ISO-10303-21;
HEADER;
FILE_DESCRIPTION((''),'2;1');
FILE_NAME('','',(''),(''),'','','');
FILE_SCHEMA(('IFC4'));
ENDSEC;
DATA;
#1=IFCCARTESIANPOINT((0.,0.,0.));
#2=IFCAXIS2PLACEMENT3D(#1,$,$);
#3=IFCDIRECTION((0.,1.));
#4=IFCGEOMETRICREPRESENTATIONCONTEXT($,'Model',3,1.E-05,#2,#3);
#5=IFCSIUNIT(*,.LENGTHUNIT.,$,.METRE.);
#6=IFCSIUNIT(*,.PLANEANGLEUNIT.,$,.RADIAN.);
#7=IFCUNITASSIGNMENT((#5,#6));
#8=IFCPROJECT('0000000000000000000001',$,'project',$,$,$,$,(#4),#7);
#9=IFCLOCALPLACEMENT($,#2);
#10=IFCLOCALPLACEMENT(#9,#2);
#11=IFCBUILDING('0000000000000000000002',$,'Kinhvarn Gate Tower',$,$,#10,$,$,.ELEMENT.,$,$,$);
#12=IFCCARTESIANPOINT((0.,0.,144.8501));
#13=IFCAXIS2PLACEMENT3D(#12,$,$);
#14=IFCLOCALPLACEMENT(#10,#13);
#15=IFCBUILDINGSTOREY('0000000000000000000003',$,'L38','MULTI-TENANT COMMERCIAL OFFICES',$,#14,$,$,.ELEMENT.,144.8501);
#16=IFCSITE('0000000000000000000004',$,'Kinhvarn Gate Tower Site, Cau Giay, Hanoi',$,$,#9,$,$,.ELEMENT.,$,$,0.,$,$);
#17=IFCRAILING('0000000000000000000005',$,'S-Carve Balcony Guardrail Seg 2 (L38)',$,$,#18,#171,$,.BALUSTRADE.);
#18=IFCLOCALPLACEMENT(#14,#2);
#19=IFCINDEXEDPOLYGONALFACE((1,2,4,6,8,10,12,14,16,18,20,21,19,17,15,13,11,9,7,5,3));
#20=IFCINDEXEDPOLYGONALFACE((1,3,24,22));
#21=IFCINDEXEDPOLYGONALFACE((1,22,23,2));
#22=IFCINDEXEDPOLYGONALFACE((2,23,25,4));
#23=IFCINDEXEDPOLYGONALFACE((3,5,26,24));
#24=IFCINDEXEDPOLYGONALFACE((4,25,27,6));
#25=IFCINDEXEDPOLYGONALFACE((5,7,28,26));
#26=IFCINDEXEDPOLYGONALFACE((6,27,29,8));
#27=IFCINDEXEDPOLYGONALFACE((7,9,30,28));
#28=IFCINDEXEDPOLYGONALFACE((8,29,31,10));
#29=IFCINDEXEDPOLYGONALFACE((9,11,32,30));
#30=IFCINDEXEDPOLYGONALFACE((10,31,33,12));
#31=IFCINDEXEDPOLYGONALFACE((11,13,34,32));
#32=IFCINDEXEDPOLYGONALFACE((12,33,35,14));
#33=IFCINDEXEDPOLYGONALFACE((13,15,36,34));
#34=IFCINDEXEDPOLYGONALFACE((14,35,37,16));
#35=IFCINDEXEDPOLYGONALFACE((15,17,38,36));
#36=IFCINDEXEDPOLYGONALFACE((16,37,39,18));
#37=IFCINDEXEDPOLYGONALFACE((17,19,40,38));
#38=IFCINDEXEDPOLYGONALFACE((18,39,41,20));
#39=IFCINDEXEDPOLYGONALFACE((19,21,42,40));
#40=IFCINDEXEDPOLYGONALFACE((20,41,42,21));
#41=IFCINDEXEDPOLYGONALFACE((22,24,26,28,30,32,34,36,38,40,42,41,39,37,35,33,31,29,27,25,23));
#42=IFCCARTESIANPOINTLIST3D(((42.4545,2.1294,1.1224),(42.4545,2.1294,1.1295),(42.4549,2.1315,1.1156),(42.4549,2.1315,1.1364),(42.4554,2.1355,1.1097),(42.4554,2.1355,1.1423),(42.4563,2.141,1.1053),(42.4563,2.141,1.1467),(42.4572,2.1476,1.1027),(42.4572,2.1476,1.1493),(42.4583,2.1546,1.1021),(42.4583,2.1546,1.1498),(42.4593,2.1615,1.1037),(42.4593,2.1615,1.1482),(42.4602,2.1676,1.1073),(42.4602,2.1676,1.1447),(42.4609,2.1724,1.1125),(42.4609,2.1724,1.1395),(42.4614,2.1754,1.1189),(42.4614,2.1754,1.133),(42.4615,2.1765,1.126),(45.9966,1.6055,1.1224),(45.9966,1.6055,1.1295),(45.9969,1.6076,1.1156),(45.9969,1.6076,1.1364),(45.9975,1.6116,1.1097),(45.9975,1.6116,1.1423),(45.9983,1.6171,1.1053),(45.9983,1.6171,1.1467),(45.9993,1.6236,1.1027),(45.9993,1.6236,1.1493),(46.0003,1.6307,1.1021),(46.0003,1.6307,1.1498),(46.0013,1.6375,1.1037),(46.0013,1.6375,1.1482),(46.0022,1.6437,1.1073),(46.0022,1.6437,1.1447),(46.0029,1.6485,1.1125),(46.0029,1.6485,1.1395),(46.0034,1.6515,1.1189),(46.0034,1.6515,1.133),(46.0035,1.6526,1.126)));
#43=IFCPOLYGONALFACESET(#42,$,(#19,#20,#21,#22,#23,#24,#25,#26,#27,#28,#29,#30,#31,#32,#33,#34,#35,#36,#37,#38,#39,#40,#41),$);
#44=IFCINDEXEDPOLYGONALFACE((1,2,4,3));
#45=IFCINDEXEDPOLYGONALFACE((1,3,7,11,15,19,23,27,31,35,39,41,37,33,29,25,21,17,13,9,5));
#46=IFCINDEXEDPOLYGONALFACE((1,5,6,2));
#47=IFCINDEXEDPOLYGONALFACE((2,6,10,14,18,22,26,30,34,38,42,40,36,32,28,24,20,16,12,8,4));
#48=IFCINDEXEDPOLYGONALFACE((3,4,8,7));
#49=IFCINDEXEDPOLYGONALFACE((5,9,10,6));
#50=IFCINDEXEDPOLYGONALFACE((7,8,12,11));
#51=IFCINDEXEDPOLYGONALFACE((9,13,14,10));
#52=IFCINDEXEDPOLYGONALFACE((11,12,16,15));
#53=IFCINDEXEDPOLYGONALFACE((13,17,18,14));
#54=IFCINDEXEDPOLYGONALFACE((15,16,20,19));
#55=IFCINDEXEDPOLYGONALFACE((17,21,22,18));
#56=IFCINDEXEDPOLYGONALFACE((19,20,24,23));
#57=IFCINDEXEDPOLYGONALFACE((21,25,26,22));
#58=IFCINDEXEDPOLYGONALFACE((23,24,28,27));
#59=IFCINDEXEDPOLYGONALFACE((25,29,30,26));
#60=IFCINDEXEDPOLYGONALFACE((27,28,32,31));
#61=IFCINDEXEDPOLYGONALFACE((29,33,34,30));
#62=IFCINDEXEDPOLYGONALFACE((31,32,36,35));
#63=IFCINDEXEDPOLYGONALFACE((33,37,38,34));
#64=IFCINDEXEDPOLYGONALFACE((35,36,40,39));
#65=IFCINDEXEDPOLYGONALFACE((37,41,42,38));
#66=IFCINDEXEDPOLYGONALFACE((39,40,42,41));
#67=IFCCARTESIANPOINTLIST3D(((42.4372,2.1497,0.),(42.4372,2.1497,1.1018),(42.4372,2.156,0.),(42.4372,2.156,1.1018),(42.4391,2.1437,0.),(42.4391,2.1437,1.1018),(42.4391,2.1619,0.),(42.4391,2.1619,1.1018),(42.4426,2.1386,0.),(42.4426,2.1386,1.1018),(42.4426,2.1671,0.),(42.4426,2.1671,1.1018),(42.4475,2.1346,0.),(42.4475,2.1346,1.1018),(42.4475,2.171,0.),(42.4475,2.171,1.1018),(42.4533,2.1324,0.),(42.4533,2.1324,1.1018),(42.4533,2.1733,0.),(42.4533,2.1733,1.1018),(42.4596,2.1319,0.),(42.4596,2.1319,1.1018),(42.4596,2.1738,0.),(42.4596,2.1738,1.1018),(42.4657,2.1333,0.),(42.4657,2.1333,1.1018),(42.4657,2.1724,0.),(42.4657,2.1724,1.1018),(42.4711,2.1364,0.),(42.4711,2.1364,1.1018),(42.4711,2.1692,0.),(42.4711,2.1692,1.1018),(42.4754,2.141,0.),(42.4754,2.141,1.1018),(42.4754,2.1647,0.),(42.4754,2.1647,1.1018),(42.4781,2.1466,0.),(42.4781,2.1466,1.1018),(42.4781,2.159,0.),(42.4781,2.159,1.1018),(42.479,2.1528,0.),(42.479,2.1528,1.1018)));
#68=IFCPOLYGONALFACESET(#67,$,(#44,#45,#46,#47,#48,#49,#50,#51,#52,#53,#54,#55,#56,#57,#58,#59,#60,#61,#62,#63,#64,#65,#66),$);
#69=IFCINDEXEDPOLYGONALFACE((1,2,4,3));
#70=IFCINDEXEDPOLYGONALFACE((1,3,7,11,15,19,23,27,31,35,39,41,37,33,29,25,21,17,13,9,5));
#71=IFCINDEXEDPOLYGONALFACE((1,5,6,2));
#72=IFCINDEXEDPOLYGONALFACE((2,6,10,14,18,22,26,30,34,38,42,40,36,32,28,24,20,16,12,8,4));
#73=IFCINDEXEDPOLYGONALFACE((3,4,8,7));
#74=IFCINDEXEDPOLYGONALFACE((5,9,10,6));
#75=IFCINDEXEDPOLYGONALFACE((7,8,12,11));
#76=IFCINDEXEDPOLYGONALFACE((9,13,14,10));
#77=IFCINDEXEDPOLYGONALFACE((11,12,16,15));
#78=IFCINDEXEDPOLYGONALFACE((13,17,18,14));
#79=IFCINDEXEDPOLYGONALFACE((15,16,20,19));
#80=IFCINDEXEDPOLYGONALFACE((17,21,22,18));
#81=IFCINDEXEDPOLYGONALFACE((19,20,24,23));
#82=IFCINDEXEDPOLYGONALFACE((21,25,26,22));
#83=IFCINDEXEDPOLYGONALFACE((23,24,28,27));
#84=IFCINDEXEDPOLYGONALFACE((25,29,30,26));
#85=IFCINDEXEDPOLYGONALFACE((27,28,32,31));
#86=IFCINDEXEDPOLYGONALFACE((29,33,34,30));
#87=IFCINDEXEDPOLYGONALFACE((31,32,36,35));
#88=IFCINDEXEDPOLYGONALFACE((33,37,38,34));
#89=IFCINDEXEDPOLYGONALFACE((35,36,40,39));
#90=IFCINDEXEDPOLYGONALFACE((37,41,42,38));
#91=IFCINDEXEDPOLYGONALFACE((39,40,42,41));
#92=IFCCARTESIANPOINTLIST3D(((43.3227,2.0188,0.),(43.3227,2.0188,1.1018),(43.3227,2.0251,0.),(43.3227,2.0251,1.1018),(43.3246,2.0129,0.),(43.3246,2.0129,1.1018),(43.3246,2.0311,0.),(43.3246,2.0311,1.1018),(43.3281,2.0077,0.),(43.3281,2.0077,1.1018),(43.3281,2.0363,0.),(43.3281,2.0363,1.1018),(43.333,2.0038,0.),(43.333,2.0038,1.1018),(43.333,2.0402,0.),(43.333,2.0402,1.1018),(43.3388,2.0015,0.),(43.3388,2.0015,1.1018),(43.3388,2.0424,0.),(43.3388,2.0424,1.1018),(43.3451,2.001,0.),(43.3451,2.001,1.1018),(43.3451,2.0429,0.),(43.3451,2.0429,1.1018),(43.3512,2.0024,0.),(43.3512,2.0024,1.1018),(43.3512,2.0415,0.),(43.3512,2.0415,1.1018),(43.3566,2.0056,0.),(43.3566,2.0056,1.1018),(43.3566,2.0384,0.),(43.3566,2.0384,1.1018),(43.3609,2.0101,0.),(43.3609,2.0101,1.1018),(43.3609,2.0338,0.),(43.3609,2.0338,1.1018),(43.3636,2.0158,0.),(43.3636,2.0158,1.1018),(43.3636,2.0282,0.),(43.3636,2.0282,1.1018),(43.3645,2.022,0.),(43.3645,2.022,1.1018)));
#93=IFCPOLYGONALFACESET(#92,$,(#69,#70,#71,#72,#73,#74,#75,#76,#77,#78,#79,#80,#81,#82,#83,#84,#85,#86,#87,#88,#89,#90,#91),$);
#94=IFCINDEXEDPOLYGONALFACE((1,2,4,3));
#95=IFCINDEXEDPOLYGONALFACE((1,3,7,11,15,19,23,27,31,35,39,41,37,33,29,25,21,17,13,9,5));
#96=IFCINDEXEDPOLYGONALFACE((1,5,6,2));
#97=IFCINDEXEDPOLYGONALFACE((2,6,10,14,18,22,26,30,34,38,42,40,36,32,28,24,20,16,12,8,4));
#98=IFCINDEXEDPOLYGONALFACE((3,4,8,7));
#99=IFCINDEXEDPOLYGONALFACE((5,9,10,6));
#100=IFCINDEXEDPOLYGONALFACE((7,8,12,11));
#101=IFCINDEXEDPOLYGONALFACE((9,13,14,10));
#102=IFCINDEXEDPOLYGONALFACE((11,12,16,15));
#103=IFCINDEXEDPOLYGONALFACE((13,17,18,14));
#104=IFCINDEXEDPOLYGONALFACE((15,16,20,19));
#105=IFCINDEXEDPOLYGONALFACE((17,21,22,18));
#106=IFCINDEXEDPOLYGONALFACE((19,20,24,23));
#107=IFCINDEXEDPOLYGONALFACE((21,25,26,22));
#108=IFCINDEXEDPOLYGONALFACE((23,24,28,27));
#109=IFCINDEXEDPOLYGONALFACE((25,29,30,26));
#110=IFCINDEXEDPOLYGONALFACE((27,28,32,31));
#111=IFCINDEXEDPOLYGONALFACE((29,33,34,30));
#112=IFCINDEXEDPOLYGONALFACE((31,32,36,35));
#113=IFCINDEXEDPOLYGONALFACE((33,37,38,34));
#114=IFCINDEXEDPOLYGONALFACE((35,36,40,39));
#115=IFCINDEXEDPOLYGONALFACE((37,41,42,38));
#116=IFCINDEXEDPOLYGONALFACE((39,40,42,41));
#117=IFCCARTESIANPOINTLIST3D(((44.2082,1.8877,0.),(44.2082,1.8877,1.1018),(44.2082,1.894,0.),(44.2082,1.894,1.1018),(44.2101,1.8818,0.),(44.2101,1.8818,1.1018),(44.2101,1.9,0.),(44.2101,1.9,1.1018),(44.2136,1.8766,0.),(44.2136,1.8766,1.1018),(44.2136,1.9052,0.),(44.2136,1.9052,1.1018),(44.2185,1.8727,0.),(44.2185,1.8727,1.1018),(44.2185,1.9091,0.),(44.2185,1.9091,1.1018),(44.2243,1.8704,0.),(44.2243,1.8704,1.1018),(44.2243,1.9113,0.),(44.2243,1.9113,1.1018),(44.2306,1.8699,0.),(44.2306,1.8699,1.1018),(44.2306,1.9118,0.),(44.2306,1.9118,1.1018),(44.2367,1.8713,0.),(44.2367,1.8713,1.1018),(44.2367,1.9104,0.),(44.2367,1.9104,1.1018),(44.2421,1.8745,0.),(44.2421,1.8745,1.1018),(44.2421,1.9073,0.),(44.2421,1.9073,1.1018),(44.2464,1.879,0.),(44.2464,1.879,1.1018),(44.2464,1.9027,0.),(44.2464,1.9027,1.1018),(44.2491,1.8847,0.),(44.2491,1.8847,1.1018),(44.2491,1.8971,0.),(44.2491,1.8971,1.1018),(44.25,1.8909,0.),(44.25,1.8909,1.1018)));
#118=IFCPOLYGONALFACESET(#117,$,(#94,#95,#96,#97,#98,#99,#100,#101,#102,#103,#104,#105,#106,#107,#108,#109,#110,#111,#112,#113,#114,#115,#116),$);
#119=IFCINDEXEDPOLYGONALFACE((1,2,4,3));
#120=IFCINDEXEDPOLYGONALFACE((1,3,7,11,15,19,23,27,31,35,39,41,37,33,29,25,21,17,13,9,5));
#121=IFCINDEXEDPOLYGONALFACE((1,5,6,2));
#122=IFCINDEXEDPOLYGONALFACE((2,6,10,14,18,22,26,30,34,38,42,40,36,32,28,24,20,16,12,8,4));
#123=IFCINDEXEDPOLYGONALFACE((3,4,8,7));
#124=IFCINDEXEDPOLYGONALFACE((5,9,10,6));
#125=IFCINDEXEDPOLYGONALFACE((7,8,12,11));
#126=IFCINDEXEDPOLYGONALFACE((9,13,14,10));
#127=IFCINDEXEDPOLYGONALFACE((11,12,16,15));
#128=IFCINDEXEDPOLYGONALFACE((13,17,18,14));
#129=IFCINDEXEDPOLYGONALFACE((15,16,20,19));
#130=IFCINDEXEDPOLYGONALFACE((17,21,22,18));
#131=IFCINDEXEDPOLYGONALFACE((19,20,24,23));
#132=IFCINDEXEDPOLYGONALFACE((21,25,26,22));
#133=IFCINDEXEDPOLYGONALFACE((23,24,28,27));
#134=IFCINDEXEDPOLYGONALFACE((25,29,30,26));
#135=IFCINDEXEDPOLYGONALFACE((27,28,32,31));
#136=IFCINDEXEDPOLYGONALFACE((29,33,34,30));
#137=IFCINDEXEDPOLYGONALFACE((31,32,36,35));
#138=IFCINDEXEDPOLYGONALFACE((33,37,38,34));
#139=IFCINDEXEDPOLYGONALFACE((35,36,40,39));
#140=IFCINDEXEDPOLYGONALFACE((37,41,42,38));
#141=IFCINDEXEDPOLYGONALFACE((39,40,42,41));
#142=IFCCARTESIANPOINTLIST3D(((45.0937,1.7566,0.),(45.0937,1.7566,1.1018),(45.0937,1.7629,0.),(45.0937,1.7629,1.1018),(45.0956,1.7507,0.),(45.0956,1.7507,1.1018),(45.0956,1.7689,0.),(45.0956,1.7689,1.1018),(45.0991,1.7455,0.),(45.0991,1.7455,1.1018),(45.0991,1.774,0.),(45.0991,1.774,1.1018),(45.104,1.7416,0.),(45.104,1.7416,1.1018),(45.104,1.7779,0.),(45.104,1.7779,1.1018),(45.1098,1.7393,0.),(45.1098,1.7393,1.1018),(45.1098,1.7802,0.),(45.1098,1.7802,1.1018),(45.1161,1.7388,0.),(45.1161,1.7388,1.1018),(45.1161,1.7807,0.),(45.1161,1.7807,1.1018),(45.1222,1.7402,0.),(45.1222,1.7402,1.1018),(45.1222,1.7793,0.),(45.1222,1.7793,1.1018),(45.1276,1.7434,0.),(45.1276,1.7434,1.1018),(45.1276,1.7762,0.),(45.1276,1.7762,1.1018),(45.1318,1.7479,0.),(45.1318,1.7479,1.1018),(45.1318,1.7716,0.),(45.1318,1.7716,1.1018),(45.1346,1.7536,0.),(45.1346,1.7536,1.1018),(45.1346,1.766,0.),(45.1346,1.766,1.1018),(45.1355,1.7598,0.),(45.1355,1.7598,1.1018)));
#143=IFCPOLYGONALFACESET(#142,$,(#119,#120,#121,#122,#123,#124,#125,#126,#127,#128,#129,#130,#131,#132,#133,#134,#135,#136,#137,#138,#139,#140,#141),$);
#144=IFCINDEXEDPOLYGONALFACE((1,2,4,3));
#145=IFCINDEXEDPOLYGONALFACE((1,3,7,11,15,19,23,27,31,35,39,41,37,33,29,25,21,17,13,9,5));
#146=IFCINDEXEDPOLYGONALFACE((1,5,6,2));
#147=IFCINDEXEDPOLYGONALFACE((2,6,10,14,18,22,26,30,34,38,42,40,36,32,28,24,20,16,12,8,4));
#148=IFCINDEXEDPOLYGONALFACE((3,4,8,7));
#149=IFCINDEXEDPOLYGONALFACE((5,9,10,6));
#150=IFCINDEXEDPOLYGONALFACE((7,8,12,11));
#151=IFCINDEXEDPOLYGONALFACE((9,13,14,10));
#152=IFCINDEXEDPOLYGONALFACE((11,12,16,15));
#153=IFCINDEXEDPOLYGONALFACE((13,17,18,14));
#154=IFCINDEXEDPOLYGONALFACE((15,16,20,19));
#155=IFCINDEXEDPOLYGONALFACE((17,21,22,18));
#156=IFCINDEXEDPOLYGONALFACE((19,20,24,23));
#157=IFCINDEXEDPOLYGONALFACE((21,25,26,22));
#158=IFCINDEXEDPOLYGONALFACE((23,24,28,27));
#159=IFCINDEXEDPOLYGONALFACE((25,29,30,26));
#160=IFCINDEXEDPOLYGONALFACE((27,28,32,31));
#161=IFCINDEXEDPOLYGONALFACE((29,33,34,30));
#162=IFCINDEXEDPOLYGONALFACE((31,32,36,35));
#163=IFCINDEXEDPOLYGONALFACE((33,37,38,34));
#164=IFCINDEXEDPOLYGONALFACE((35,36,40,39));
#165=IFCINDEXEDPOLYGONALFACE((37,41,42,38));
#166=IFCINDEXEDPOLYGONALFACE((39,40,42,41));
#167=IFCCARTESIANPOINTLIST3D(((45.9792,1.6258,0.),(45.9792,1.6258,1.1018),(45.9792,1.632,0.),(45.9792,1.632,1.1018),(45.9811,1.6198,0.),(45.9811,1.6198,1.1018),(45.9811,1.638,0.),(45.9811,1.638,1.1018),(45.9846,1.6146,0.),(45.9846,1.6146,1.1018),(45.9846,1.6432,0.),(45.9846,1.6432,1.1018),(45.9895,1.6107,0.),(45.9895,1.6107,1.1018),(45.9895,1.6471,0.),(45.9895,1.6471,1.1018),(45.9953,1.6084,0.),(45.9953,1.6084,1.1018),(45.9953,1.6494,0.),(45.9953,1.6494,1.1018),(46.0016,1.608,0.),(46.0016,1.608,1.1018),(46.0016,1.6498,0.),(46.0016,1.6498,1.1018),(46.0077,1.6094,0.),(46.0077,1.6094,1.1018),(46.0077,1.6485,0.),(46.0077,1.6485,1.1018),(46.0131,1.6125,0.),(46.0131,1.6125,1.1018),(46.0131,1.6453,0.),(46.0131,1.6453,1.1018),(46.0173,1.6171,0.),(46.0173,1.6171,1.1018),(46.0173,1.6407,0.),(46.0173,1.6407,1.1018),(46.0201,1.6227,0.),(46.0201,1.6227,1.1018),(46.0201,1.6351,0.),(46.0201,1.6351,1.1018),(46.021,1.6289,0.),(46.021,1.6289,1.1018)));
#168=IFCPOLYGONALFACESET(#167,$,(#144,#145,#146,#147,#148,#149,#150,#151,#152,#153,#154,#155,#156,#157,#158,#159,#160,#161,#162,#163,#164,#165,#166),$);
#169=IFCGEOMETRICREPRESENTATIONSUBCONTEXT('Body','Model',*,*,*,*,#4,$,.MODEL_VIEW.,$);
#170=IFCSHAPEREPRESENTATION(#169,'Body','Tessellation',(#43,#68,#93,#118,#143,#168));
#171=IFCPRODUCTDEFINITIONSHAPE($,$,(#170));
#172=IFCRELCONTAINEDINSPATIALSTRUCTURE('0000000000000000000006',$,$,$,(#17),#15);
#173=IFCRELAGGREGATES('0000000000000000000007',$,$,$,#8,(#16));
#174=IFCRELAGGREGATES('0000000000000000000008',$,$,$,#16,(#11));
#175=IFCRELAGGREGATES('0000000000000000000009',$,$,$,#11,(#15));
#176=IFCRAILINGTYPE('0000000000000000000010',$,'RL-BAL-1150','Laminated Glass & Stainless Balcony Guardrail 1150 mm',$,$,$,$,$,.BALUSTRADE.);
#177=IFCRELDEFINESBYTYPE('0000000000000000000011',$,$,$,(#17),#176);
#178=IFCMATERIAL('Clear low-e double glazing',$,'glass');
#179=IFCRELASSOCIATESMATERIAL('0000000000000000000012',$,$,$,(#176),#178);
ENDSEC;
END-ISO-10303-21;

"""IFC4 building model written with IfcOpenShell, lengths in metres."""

from ifc_helpers import new_model, si_unit, direction, frame, origin, origin_2d, place, context, subcontext, project, spatial, circle, extrude, material, type_object, element, save


model = new_model("IFC4")

# Units and contexts
model_context = context("Model", 3, precision=1e-05, world=origin(), true_north=direction((0.0, 1.0)))
body_context = subcontext(model_context, "Body", "Model", "MODEL_VIEW")
ifc_project = project(units=[si_unit("LENGTHUNIT", "METRE"), si_unit("PLANEANGLEUNIT", "RADIAN")], contexts=[model_context])

# Site, building, storey
site_placement = place(None, origin())
site = spatial("IfcSite", under=ifc_project, at=site_placement, Name="Kinhvarn Gate Tower Site, Cau Giay, Hanoi", CompositionType="ELEMENT", RefElevation=0.0)
building_placement = place(site_placement, origin())
building = spatial("IfcBuilding", under=site, at=building_placement, Name="Kinhvarn Gate Tower", CompositionType="ELEMENT")
storey_placement = place(building_placement, frame((0.0, 0.0, 144.8501)))
storey = spatial("IfcBuildingStorey", under=building, at=storey_placement, Name="L38", Description="MULTI-TENANT COMMERCIAL OFFICES", CompositionType="ELEMENT", Elevation=144.8501)

# Shared definitions
ifc_material_1 = material(Name="Clear low-e double glazing", Category="glass")

# Railing
railing_type = type_object("IfcRailingType", Name="RL-BAL-1150", Description="Laminated Glass & Stainless Balcony Guardrail 1150 mm", PredefinedType="BALUSTRADE", material=ifc_material_1)
railing_1_placement = place(storey_placement, frame((42.458, 2.1528, 0.0)))
element("IfcRailing", 1, at=railing_1_placement, inside=storey, type_object=railing_type, Name="S-Carve Balcony Guardrail Seg 2 (L38)", PredefinedType="BALUSTRADE", context=body_context, shape_type="SweptSolid", body=[
    extrude(circle(Radius=0.0239, at=origin_2d()), frame((0.0, 0.0, 1.126), z_axis=(0.989236, -0.146326, 0.0), x_axis=(0.146326, 0.989236, 0.0)), (0.0, 0.0, 1.0), 3.5806),
    extrude(circle(Radius=0.021, at=origin_2d()), origin(), (0.0, 0.0, 1.0), 1.1018),
    extrude(circle(Radius=0.021, at=origin_2d()), frame((0.8855, -0.1309, 0.0)), (0.0, 0.0, 1.0), 1.1018),
    extrude(circle(Radius=0.021, at=origin_2d()), frame((1.771, -0.262, 0.0)), (0.0, 0.0, 1.0), 1.1018),
    extrude(circle(Radius=0.021, at=origin_2d()), frame((2.6565, -0.3931, 0.0)), (0.0, 0.0, 1.0), 1.1018),
    extrude(circle(Radius=0.021, at=origin_2d()), frame((3.542, -0.5239, 0.0)), (0.0, 0.0, 1.0), 1.1018),
])

save(model, "model.ifc")
